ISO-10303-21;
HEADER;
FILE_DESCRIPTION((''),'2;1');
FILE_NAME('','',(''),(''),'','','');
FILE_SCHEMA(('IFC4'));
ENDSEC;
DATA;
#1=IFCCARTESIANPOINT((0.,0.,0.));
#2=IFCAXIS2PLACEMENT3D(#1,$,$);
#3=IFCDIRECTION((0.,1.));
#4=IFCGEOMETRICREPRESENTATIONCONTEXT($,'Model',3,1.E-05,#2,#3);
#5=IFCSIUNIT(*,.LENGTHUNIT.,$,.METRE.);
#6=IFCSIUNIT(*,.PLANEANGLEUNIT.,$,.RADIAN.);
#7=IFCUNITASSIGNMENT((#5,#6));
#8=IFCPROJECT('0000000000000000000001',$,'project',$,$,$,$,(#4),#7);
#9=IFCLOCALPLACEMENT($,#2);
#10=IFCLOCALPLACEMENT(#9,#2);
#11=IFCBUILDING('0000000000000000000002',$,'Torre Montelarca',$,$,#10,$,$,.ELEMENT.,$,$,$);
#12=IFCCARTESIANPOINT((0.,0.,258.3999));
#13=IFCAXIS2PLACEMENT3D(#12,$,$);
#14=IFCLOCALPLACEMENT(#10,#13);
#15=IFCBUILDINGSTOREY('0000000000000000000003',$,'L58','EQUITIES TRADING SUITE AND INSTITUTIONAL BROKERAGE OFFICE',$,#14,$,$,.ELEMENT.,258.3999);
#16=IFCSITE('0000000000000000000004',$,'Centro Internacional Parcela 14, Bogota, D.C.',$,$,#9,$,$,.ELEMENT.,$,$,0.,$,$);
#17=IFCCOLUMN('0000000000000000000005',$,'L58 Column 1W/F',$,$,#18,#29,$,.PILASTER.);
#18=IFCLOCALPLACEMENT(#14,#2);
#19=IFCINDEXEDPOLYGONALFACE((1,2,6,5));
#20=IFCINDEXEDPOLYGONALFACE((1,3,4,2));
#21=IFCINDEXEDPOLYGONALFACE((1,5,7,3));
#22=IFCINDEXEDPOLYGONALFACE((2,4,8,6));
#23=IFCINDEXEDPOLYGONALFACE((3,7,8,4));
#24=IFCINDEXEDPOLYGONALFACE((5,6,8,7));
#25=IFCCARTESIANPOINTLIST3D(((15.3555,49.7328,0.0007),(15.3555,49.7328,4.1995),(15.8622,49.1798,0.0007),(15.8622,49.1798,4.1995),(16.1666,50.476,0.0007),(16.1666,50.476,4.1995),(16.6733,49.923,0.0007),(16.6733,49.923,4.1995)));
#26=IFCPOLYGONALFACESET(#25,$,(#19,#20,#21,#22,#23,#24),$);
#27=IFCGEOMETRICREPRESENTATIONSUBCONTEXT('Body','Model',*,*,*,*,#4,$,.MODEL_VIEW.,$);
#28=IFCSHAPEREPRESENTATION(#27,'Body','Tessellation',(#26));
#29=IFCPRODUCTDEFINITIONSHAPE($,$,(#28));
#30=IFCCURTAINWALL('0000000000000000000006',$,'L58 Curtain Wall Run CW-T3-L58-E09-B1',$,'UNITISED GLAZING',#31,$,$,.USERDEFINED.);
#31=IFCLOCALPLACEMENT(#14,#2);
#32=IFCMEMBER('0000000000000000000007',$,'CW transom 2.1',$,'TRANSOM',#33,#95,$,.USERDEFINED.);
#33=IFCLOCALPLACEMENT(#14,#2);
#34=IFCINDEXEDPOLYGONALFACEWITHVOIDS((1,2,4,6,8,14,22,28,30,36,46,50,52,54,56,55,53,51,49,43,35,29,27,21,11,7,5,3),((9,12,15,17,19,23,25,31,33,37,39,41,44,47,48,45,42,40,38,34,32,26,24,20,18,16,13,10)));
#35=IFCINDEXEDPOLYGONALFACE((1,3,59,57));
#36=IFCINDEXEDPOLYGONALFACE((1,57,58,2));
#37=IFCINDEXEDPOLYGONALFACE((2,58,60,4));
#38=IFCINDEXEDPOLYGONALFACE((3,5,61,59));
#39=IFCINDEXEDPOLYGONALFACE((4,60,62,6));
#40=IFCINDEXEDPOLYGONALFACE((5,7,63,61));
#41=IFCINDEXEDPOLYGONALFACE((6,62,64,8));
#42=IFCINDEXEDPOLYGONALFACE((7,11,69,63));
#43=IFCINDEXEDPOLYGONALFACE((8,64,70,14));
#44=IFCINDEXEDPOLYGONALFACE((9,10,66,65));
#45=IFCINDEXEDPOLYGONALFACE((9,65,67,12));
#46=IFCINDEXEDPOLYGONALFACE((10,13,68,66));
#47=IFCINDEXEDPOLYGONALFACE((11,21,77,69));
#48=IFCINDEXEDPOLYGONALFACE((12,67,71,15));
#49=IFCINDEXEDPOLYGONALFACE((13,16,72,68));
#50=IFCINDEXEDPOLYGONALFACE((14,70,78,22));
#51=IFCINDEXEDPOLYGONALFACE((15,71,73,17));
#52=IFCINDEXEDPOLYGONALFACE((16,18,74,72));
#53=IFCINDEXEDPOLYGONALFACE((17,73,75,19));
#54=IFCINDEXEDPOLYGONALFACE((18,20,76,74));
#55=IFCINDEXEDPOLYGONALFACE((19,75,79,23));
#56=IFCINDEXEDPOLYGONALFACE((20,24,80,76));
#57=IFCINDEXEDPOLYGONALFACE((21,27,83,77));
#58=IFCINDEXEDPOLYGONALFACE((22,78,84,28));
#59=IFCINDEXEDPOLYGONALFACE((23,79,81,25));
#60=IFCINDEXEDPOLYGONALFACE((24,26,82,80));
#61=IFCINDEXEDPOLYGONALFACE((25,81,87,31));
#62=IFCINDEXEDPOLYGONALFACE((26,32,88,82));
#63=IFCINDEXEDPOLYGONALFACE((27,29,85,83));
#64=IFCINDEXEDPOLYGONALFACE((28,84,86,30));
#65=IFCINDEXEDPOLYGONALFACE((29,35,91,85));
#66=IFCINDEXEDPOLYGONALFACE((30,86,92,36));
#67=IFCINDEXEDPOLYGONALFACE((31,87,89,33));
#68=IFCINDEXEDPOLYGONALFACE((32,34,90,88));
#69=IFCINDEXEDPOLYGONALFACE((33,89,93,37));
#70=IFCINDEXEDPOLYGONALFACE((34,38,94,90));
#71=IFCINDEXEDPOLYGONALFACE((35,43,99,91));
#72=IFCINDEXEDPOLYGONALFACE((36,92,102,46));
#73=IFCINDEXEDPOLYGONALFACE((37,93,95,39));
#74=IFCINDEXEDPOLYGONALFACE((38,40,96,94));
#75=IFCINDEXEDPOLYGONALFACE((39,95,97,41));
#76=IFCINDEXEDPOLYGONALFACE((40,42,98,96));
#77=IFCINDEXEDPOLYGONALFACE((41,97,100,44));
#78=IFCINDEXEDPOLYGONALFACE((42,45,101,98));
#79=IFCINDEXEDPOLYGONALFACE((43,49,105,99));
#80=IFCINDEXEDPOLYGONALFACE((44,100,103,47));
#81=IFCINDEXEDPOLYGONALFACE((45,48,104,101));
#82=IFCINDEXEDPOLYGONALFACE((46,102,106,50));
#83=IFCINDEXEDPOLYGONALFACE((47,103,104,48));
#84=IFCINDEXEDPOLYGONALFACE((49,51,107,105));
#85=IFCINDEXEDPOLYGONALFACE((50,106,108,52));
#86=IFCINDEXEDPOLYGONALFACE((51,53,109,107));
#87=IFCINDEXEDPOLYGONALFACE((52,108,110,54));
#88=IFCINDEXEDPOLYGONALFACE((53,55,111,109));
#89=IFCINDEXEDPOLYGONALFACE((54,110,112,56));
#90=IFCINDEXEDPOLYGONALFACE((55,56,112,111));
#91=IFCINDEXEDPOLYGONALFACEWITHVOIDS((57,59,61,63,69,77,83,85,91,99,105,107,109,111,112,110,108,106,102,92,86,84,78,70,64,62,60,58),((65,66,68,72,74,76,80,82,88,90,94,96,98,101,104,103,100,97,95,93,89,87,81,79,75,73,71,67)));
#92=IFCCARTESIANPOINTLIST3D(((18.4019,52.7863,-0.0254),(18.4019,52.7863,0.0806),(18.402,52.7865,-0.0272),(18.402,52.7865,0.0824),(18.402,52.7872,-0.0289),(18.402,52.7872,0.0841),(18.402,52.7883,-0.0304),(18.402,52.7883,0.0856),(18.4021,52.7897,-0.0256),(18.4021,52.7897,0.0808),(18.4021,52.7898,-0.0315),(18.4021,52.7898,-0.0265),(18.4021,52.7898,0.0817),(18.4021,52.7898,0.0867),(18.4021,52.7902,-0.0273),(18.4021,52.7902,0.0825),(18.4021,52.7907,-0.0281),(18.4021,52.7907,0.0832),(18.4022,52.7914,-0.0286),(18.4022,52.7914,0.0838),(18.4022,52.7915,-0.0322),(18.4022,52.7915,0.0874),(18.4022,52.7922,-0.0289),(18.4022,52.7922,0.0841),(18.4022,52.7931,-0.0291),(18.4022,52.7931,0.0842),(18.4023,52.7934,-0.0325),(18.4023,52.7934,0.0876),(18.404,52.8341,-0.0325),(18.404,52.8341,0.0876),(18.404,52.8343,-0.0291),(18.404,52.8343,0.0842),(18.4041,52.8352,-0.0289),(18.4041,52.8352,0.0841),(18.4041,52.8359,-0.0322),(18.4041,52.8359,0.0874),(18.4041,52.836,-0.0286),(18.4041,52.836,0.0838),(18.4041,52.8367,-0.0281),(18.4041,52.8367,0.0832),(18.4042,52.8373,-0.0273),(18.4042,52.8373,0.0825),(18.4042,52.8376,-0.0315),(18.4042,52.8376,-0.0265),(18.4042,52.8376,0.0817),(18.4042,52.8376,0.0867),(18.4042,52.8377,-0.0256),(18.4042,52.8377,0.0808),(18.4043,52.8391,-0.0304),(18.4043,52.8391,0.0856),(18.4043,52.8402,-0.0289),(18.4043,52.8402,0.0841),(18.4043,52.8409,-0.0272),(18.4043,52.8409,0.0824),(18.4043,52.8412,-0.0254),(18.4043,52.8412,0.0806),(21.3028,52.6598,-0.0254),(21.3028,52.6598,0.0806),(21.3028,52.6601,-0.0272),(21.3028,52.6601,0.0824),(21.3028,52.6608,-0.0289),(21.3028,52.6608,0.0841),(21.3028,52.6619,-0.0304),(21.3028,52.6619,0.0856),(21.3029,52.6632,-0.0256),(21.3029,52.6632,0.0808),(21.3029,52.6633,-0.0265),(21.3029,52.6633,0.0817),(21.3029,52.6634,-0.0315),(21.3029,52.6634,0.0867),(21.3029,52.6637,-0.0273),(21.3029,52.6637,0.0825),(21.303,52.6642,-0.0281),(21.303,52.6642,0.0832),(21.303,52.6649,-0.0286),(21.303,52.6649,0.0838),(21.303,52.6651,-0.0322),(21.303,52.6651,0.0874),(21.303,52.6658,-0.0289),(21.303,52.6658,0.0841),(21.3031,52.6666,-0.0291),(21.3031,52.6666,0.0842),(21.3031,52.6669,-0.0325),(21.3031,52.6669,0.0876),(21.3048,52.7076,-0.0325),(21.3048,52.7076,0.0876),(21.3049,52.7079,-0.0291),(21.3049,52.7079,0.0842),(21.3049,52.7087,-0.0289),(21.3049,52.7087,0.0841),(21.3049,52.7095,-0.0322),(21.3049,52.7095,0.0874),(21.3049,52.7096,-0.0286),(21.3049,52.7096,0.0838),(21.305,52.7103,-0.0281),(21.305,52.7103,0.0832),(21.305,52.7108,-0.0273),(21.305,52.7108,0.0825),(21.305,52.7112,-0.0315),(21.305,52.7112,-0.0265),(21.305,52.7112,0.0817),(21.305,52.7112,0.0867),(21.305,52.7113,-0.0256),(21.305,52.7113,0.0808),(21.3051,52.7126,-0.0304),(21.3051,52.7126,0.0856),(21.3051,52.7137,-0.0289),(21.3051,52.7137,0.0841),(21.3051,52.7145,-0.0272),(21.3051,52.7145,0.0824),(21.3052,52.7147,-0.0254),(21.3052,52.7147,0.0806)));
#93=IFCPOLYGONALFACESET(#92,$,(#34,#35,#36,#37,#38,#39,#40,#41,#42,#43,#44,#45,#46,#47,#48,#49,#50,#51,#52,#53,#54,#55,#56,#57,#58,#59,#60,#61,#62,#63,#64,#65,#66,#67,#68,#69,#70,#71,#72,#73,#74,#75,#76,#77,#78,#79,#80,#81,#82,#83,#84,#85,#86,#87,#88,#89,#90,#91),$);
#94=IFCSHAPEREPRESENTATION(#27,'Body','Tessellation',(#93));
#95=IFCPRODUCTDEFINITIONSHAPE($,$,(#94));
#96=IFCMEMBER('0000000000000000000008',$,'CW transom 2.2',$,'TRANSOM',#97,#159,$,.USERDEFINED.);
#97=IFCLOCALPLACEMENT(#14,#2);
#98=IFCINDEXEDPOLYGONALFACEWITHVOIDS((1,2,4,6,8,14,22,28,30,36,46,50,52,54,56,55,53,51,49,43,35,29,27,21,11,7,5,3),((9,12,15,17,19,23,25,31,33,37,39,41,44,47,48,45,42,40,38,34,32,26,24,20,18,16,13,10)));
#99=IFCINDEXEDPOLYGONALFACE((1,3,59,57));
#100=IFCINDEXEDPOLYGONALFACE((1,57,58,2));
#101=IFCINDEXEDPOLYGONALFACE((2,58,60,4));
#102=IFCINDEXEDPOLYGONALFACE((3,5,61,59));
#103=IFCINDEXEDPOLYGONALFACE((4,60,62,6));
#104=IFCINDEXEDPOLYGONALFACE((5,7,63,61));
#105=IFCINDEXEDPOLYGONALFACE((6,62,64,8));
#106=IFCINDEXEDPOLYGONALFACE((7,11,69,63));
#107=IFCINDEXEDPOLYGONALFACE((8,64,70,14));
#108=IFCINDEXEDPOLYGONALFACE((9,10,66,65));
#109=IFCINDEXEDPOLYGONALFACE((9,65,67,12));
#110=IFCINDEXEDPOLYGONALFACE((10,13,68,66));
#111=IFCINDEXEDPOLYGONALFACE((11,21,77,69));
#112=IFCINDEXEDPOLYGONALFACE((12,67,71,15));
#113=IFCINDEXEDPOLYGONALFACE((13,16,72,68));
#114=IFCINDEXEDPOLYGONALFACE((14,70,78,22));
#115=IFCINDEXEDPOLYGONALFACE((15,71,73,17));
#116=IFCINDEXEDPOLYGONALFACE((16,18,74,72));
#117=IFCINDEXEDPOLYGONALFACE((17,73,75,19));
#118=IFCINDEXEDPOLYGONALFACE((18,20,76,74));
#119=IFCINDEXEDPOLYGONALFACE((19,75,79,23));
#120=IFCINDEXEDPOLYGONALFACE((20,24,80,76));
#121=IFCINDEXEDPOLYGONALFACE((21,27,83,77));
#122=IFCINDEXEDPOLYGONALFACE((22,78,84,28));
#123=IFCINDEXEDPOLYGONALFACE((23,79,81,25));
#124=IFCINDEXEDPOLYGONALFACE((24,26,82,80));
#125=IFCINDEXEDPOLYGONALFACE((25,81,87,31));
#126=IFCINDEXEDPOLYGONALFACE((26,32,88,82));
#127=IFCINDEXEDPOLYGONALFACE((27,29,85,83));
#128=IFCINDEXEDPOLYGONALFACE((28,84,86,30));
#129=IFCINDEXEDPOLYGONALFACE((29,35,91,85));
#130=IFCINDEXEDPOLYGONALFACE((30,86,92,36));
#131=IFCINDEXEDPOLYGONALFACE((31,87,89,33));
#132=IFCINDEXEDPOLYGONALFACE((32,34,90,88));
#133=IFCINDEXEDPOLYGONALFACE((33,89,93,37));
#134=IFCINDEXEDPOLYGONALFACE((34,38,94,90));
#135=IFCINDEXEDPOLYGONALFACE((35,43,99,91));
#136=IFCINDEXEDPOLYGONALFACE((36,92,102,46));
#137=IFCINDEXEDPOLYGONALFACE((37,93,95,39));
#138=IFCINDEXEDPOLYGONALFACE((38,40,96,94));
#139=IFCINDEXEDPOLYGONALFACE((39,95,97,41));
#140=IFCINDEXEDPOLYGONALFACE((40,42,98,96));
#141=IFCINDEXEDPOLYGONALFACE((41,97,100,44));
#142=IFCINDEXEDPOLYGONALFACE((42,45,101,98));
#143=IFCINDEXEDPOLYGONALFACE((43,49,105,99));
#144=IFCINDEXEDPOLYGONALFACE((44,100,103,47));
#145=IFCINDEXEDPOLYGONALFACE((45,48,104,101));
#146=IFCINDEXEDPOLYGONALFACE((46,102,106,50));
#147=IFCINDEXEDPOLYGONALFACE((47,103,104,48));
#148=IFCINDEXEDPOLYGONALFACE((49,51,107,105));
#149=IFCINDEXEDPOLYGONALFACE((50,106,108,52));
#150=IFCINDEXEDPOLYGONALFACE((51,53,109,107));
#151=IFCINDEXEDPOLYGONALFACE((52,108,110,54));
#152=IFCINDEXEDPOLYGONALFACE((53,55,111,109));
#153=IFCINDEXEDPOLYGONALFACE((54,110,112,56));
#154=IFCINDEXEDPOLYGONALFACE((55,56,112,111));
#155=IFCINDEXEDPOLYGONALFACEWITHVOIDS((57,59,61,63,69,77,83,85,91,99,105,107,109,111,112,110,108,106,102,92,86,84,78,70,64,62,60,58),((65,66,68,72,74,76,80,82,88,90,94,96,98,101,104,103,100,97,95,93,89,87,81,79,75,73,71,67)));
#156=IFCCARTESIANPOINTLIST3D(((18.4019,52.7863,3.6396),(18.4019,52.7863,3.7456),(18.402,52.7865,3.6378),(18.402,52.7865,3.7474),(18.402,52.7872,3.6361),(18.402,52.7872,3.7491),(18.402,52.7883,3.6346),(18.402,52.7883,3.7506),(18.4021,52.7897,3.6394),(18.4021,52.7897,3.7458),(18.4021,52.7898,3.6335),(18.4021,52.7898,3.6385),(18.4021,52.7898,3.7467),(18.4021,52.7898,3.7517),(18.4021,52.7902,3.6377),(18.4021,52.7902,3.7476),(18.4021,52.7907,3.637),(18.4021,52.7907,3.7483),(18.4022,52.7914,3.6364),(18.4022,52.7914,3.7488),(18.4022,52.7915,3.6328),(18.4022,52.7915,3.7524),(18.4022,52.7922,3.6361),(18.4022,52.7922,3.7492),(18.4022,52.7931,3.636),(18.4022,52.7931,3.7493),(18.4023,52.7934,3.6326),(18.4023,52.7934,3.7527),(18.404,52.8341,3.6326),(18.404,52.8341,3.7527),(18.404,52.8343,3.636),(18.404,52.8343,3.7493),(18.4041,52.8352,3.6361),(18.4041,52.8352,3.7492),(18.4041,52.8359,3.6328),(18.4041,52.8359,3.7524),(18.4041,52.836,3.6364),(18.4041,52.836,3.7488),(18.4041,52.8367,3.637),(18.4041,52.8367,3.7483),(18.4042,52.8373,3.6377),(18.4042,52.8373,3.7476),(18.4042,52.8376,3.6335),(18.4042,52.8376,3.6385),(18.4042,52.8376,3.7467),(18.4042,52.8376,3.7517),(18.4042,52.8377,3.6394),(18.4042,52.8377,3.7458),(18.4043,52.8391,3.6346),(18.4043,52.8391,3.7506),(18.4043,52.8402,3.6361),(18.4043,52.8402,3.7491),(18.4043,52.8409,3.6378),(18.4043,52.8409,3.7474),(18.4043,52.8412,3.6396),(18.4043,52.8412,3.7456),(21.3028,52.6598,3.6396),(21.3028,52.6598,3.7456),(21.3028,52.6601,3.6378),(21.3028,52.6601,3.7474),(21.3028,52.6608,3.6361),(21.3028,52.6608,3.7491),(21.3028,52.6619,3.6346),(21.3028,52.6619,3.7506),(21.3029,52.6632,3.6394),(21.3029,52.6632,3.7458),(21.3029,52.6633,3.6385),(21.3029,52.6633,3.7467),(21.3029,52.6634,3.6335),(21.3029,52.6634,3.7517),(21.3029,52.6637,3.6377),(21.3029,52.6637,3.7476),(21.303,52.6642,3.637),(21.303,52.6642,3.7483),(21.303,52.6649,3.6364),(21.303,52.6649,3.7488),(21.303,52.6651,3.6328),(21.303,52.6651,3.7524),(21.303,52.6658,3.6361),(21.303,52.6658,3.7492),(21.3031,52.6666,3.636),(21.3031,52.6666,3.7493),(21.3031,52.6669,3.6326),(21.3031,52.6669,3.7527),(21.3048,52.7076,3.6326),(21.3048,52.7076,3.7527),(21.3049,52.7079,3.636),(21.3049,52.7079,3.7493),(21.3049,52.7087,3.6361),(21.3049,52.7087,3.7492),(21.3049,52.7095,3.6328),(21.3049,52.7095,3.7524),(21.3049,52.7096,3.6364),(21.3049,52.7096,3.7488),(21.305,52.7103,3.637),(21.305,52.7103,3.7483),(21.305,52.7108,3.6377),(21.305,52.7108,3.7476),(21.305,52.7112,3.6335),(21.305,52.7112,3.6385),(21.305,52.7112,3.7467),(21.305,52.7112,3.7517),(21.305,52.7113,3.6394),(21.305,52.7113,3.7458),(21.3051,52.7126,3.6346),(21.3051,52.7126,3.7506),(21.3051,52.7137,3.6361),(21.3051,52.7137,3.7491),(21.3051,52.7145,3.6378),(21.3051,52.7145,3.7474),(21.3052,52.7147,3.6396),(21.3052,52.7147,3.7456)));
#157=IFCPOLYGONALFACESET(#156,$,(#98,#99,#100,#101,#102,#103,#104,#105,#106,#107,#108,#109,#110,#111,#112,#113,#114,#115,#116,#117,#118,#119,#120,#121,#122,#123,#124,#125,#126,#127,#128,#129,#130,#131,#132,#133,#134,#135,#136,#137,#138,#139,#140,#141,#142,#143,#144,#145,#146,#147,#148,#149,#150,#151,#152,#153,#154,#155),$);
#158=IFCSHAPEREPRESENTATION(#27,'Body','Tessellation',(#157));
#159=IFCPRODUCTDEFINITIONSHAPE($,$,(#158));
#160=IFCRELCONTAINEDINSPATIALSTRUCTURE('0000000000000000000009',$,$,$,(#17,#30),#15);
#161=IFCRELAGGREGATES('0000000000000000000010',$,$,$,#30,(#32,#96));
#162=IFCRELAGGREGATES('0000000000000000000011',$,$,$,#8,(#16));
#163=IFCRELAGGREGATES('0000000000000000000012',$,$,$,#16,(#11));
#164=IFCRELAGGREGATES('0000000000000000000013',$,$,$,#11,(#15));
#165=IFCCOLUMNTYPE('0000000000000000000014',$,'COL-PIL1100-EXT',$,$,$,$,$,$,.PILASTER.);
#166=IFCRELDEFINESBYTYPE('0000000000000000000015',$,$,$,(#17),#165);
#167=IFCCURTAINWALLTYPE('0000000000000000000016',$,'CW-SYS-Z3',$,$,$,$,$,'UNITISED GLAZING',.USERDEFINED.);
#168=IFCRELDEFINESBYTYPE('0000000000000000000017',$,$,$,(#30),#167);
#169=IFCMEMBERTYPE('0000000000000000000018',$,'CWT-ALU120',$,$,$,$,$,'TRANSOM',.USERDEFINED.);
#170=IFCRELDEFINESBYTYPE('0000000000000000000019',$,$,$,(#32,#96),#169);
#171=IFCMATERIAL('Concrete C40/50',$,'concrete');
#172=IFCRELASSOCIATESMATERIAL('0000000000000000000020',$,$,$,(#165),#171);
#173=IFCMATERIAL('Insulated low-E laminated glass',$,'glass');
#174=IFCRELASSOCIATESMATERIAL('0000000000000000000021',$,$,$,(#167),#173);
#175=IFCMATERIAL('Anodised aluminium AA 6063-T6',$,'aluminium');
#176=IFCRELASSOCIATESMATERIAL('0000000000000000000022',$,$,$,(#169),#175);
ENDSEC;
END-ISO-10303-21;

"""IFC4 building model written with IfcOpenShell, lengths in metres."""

from ifc_helpers import new_model, si_unit, direction, frame, origin, origin_2d, place, context, subcontext, project, spatial, rectangle, hollow_rectangle, extrude, source, transform, mapped, material, material_profile, profile_set, type_object, element, aggregate, save


model = new_model("IFC4")

# Units and contexts
model_context = context("Model", 3, precision=1e-05, world=origin(), true_north=direction((0.0, 1.0)))
body_context = subcontext(model_context, "Body", "Model", "MODEL_VIEW")
ifc_project = project(units=[si_unit("LENGTHUNIT", "METRE"), si_unit("PLANEANGLEUNIT", "RADIAN")], contexts=[model_context])

# Site, building, storey
site_placement = place(None, origin())
site = spatial("IfcSite", under=ifc_project, at=site_placement, Name="Centro Internacional Parcela 14, Bogota, D.C.", CompositionType="ELEMENT", RefElevation=0.0)
building_placement = place(site_placement, origin())
building = spatial("IfcBuilding", under=site, at=building_placement, Name="Torre Montelarca", CompositionType="ELEMENT")
storey_placement = place(building_placement, frame((0.0, 0.0, 258.3999)))
storey = spatial("IfcBuildingStorey", under=building, at=storey_placement, Name="L58", Description="EQUITIES TRADING SUITE AND INSTITUTIONAL BROKERAGE OFFICE", CompositionType="ELEMENT", Elevation=258.3999)

# Column
ifc_material_1 = material(Name="Concrete C40/50", Category="concrete")
ifc_material_profile_1 = material_profile(ifc_material_1, rectangle(XDim=0.75, YDim=1.1001, at=origin_2d()), Name="RC1100X750", Category="concrete")
ifc_profile_set_1 = profile_set([ifc_material_profile_1], Name="Concrete C40/50")
column_type = type_object("IfcColumnType", Name="COL-PIL1100-EXT", PredefinedType="PILASTER", material=ifc_profile_set_1)
shared_shape_1 = source(origin(), body_context, "Body", "SweptSolid", [
    extrude(rectangle(XDim=0.75, YDim=1.1001, at=origin_2d()), origin(), (0.0, 0.0, 1.0), 4.1987),
])
column_placement = place(storey_placement, frame((16.0144, 49.8279, 0.0007), z_axis=(0.0, 0.0, 1.0), x_axis=(-0.67559, 0.737277, 0.0)))
element("IfcColumn", 1, at=column_placement, inside=storey, type_object=column_type, Name="L58 Column 1W/F", PredefinedType="PILASTER", context=body_context, shape_type="MappedRepresentation", body=[
    mapped(shared_shape_1, transform((0.0, 0.0, 0.0), scale=1.0)),
])

# Curtain wall, members
ifc_material_2 = material(Name="Insulated low-E laminated glass", Category="glass")
curtain_wall_type = type_object("IfcCurtainWallType", Name="CW-SYS-Z3", ElementType="UNITISED GLAZING", PredefinedType="USERDEFINED", material=ifc_material_2)
curtain_wall_1_placement = place(storey_placement, origin())
curtain_wall_1 = element("IfcCurtainWall", 2, at=curtain_wall_1_placement, inside=storey, type_object=curtain_wall_type, Name="L58 Curtain Wall Run CW-T3-L58-E09-B1", ObjectType="UNITISED GLAZING", PredefinedType="USERDEFINED")
ifc_material_3 = material(Name="Anodised aluminium AA 6063-T6", Category="aluminium")
ifc_material_profile_2 = material_profile(ifc_material_3, hollow_rectangle(XDim=0.0549, YDim=0.1201, WallThickness=0.0034, InnerFilletRadius=0.0034, OuterFilletRadius=0.0071, at=origin_2d()), Name="ALU55X120X3.5", Category="aluminium")
ifc_profile_set_2 = profile_set([ifc_material_profile_2], Name="Anodised aluminium AA 6063-T6")
member_type_1 = type_object("IfcMemberType", Name="CWT-ALU120", ElementType="TRANSOM", PredefinedType="USERDEFINED", material=ifc_profile_set_2)
shared_shape_2 = source(origin(), body_context, "Body", "SweptSolid", [
    extrude(hollow_rectangle(XDim=0.0549, YDim=0.1201, WallThickness=0.0034, InnerFilletRadius=0.0034, OuterFilletRadius=0.0071, at=origin_2d()), origin(), (0.0, 0.0, 1.0), 2.9036),
])
member_1_placement = place(storey_placement, frame((21.304, 52.6873, 0.0276), z_axis=(-0.999051, 0.043554, 0.0), x_axis=(-0.043554, -0.999051, 0.0)))
member_1 = element("IfcMember", 3, at=member_1_placement, type_object=member_type_1, Name="CW transom 2.1", ObjectType="TRANSOM", PredefinedType="USERDEFINED", context=body_context, shape_type="MappedRepresentation", body=[
    mapped(shared_shape_2, transform((0.0, 0.0, 0.0), scale=1.0)),
])
member_2_placement = place(storey_placement, frame((21.304, 52.6873, 3.6926), z_axis=(-0.999051, 0.043554, 0.0), x_axis=(-0.043554, -0.999051, 0.0)))
member_2 = element("IfcMember", 4, at=member_2_placement, type_object=member_type_1, Name="CW transom 2.2", ObjectType="TRANSOM", PredefinedType="USERDEFINED", context=body_context, shape_type="MappedRepresentation", body=[
    mapped(shared_shape_2, transform((0.0, 0.0, 0.0), scale=1.0)),
])

aggregate(curtain_wall_1, [member_1, member_2])

save(model, "model.ifc")
